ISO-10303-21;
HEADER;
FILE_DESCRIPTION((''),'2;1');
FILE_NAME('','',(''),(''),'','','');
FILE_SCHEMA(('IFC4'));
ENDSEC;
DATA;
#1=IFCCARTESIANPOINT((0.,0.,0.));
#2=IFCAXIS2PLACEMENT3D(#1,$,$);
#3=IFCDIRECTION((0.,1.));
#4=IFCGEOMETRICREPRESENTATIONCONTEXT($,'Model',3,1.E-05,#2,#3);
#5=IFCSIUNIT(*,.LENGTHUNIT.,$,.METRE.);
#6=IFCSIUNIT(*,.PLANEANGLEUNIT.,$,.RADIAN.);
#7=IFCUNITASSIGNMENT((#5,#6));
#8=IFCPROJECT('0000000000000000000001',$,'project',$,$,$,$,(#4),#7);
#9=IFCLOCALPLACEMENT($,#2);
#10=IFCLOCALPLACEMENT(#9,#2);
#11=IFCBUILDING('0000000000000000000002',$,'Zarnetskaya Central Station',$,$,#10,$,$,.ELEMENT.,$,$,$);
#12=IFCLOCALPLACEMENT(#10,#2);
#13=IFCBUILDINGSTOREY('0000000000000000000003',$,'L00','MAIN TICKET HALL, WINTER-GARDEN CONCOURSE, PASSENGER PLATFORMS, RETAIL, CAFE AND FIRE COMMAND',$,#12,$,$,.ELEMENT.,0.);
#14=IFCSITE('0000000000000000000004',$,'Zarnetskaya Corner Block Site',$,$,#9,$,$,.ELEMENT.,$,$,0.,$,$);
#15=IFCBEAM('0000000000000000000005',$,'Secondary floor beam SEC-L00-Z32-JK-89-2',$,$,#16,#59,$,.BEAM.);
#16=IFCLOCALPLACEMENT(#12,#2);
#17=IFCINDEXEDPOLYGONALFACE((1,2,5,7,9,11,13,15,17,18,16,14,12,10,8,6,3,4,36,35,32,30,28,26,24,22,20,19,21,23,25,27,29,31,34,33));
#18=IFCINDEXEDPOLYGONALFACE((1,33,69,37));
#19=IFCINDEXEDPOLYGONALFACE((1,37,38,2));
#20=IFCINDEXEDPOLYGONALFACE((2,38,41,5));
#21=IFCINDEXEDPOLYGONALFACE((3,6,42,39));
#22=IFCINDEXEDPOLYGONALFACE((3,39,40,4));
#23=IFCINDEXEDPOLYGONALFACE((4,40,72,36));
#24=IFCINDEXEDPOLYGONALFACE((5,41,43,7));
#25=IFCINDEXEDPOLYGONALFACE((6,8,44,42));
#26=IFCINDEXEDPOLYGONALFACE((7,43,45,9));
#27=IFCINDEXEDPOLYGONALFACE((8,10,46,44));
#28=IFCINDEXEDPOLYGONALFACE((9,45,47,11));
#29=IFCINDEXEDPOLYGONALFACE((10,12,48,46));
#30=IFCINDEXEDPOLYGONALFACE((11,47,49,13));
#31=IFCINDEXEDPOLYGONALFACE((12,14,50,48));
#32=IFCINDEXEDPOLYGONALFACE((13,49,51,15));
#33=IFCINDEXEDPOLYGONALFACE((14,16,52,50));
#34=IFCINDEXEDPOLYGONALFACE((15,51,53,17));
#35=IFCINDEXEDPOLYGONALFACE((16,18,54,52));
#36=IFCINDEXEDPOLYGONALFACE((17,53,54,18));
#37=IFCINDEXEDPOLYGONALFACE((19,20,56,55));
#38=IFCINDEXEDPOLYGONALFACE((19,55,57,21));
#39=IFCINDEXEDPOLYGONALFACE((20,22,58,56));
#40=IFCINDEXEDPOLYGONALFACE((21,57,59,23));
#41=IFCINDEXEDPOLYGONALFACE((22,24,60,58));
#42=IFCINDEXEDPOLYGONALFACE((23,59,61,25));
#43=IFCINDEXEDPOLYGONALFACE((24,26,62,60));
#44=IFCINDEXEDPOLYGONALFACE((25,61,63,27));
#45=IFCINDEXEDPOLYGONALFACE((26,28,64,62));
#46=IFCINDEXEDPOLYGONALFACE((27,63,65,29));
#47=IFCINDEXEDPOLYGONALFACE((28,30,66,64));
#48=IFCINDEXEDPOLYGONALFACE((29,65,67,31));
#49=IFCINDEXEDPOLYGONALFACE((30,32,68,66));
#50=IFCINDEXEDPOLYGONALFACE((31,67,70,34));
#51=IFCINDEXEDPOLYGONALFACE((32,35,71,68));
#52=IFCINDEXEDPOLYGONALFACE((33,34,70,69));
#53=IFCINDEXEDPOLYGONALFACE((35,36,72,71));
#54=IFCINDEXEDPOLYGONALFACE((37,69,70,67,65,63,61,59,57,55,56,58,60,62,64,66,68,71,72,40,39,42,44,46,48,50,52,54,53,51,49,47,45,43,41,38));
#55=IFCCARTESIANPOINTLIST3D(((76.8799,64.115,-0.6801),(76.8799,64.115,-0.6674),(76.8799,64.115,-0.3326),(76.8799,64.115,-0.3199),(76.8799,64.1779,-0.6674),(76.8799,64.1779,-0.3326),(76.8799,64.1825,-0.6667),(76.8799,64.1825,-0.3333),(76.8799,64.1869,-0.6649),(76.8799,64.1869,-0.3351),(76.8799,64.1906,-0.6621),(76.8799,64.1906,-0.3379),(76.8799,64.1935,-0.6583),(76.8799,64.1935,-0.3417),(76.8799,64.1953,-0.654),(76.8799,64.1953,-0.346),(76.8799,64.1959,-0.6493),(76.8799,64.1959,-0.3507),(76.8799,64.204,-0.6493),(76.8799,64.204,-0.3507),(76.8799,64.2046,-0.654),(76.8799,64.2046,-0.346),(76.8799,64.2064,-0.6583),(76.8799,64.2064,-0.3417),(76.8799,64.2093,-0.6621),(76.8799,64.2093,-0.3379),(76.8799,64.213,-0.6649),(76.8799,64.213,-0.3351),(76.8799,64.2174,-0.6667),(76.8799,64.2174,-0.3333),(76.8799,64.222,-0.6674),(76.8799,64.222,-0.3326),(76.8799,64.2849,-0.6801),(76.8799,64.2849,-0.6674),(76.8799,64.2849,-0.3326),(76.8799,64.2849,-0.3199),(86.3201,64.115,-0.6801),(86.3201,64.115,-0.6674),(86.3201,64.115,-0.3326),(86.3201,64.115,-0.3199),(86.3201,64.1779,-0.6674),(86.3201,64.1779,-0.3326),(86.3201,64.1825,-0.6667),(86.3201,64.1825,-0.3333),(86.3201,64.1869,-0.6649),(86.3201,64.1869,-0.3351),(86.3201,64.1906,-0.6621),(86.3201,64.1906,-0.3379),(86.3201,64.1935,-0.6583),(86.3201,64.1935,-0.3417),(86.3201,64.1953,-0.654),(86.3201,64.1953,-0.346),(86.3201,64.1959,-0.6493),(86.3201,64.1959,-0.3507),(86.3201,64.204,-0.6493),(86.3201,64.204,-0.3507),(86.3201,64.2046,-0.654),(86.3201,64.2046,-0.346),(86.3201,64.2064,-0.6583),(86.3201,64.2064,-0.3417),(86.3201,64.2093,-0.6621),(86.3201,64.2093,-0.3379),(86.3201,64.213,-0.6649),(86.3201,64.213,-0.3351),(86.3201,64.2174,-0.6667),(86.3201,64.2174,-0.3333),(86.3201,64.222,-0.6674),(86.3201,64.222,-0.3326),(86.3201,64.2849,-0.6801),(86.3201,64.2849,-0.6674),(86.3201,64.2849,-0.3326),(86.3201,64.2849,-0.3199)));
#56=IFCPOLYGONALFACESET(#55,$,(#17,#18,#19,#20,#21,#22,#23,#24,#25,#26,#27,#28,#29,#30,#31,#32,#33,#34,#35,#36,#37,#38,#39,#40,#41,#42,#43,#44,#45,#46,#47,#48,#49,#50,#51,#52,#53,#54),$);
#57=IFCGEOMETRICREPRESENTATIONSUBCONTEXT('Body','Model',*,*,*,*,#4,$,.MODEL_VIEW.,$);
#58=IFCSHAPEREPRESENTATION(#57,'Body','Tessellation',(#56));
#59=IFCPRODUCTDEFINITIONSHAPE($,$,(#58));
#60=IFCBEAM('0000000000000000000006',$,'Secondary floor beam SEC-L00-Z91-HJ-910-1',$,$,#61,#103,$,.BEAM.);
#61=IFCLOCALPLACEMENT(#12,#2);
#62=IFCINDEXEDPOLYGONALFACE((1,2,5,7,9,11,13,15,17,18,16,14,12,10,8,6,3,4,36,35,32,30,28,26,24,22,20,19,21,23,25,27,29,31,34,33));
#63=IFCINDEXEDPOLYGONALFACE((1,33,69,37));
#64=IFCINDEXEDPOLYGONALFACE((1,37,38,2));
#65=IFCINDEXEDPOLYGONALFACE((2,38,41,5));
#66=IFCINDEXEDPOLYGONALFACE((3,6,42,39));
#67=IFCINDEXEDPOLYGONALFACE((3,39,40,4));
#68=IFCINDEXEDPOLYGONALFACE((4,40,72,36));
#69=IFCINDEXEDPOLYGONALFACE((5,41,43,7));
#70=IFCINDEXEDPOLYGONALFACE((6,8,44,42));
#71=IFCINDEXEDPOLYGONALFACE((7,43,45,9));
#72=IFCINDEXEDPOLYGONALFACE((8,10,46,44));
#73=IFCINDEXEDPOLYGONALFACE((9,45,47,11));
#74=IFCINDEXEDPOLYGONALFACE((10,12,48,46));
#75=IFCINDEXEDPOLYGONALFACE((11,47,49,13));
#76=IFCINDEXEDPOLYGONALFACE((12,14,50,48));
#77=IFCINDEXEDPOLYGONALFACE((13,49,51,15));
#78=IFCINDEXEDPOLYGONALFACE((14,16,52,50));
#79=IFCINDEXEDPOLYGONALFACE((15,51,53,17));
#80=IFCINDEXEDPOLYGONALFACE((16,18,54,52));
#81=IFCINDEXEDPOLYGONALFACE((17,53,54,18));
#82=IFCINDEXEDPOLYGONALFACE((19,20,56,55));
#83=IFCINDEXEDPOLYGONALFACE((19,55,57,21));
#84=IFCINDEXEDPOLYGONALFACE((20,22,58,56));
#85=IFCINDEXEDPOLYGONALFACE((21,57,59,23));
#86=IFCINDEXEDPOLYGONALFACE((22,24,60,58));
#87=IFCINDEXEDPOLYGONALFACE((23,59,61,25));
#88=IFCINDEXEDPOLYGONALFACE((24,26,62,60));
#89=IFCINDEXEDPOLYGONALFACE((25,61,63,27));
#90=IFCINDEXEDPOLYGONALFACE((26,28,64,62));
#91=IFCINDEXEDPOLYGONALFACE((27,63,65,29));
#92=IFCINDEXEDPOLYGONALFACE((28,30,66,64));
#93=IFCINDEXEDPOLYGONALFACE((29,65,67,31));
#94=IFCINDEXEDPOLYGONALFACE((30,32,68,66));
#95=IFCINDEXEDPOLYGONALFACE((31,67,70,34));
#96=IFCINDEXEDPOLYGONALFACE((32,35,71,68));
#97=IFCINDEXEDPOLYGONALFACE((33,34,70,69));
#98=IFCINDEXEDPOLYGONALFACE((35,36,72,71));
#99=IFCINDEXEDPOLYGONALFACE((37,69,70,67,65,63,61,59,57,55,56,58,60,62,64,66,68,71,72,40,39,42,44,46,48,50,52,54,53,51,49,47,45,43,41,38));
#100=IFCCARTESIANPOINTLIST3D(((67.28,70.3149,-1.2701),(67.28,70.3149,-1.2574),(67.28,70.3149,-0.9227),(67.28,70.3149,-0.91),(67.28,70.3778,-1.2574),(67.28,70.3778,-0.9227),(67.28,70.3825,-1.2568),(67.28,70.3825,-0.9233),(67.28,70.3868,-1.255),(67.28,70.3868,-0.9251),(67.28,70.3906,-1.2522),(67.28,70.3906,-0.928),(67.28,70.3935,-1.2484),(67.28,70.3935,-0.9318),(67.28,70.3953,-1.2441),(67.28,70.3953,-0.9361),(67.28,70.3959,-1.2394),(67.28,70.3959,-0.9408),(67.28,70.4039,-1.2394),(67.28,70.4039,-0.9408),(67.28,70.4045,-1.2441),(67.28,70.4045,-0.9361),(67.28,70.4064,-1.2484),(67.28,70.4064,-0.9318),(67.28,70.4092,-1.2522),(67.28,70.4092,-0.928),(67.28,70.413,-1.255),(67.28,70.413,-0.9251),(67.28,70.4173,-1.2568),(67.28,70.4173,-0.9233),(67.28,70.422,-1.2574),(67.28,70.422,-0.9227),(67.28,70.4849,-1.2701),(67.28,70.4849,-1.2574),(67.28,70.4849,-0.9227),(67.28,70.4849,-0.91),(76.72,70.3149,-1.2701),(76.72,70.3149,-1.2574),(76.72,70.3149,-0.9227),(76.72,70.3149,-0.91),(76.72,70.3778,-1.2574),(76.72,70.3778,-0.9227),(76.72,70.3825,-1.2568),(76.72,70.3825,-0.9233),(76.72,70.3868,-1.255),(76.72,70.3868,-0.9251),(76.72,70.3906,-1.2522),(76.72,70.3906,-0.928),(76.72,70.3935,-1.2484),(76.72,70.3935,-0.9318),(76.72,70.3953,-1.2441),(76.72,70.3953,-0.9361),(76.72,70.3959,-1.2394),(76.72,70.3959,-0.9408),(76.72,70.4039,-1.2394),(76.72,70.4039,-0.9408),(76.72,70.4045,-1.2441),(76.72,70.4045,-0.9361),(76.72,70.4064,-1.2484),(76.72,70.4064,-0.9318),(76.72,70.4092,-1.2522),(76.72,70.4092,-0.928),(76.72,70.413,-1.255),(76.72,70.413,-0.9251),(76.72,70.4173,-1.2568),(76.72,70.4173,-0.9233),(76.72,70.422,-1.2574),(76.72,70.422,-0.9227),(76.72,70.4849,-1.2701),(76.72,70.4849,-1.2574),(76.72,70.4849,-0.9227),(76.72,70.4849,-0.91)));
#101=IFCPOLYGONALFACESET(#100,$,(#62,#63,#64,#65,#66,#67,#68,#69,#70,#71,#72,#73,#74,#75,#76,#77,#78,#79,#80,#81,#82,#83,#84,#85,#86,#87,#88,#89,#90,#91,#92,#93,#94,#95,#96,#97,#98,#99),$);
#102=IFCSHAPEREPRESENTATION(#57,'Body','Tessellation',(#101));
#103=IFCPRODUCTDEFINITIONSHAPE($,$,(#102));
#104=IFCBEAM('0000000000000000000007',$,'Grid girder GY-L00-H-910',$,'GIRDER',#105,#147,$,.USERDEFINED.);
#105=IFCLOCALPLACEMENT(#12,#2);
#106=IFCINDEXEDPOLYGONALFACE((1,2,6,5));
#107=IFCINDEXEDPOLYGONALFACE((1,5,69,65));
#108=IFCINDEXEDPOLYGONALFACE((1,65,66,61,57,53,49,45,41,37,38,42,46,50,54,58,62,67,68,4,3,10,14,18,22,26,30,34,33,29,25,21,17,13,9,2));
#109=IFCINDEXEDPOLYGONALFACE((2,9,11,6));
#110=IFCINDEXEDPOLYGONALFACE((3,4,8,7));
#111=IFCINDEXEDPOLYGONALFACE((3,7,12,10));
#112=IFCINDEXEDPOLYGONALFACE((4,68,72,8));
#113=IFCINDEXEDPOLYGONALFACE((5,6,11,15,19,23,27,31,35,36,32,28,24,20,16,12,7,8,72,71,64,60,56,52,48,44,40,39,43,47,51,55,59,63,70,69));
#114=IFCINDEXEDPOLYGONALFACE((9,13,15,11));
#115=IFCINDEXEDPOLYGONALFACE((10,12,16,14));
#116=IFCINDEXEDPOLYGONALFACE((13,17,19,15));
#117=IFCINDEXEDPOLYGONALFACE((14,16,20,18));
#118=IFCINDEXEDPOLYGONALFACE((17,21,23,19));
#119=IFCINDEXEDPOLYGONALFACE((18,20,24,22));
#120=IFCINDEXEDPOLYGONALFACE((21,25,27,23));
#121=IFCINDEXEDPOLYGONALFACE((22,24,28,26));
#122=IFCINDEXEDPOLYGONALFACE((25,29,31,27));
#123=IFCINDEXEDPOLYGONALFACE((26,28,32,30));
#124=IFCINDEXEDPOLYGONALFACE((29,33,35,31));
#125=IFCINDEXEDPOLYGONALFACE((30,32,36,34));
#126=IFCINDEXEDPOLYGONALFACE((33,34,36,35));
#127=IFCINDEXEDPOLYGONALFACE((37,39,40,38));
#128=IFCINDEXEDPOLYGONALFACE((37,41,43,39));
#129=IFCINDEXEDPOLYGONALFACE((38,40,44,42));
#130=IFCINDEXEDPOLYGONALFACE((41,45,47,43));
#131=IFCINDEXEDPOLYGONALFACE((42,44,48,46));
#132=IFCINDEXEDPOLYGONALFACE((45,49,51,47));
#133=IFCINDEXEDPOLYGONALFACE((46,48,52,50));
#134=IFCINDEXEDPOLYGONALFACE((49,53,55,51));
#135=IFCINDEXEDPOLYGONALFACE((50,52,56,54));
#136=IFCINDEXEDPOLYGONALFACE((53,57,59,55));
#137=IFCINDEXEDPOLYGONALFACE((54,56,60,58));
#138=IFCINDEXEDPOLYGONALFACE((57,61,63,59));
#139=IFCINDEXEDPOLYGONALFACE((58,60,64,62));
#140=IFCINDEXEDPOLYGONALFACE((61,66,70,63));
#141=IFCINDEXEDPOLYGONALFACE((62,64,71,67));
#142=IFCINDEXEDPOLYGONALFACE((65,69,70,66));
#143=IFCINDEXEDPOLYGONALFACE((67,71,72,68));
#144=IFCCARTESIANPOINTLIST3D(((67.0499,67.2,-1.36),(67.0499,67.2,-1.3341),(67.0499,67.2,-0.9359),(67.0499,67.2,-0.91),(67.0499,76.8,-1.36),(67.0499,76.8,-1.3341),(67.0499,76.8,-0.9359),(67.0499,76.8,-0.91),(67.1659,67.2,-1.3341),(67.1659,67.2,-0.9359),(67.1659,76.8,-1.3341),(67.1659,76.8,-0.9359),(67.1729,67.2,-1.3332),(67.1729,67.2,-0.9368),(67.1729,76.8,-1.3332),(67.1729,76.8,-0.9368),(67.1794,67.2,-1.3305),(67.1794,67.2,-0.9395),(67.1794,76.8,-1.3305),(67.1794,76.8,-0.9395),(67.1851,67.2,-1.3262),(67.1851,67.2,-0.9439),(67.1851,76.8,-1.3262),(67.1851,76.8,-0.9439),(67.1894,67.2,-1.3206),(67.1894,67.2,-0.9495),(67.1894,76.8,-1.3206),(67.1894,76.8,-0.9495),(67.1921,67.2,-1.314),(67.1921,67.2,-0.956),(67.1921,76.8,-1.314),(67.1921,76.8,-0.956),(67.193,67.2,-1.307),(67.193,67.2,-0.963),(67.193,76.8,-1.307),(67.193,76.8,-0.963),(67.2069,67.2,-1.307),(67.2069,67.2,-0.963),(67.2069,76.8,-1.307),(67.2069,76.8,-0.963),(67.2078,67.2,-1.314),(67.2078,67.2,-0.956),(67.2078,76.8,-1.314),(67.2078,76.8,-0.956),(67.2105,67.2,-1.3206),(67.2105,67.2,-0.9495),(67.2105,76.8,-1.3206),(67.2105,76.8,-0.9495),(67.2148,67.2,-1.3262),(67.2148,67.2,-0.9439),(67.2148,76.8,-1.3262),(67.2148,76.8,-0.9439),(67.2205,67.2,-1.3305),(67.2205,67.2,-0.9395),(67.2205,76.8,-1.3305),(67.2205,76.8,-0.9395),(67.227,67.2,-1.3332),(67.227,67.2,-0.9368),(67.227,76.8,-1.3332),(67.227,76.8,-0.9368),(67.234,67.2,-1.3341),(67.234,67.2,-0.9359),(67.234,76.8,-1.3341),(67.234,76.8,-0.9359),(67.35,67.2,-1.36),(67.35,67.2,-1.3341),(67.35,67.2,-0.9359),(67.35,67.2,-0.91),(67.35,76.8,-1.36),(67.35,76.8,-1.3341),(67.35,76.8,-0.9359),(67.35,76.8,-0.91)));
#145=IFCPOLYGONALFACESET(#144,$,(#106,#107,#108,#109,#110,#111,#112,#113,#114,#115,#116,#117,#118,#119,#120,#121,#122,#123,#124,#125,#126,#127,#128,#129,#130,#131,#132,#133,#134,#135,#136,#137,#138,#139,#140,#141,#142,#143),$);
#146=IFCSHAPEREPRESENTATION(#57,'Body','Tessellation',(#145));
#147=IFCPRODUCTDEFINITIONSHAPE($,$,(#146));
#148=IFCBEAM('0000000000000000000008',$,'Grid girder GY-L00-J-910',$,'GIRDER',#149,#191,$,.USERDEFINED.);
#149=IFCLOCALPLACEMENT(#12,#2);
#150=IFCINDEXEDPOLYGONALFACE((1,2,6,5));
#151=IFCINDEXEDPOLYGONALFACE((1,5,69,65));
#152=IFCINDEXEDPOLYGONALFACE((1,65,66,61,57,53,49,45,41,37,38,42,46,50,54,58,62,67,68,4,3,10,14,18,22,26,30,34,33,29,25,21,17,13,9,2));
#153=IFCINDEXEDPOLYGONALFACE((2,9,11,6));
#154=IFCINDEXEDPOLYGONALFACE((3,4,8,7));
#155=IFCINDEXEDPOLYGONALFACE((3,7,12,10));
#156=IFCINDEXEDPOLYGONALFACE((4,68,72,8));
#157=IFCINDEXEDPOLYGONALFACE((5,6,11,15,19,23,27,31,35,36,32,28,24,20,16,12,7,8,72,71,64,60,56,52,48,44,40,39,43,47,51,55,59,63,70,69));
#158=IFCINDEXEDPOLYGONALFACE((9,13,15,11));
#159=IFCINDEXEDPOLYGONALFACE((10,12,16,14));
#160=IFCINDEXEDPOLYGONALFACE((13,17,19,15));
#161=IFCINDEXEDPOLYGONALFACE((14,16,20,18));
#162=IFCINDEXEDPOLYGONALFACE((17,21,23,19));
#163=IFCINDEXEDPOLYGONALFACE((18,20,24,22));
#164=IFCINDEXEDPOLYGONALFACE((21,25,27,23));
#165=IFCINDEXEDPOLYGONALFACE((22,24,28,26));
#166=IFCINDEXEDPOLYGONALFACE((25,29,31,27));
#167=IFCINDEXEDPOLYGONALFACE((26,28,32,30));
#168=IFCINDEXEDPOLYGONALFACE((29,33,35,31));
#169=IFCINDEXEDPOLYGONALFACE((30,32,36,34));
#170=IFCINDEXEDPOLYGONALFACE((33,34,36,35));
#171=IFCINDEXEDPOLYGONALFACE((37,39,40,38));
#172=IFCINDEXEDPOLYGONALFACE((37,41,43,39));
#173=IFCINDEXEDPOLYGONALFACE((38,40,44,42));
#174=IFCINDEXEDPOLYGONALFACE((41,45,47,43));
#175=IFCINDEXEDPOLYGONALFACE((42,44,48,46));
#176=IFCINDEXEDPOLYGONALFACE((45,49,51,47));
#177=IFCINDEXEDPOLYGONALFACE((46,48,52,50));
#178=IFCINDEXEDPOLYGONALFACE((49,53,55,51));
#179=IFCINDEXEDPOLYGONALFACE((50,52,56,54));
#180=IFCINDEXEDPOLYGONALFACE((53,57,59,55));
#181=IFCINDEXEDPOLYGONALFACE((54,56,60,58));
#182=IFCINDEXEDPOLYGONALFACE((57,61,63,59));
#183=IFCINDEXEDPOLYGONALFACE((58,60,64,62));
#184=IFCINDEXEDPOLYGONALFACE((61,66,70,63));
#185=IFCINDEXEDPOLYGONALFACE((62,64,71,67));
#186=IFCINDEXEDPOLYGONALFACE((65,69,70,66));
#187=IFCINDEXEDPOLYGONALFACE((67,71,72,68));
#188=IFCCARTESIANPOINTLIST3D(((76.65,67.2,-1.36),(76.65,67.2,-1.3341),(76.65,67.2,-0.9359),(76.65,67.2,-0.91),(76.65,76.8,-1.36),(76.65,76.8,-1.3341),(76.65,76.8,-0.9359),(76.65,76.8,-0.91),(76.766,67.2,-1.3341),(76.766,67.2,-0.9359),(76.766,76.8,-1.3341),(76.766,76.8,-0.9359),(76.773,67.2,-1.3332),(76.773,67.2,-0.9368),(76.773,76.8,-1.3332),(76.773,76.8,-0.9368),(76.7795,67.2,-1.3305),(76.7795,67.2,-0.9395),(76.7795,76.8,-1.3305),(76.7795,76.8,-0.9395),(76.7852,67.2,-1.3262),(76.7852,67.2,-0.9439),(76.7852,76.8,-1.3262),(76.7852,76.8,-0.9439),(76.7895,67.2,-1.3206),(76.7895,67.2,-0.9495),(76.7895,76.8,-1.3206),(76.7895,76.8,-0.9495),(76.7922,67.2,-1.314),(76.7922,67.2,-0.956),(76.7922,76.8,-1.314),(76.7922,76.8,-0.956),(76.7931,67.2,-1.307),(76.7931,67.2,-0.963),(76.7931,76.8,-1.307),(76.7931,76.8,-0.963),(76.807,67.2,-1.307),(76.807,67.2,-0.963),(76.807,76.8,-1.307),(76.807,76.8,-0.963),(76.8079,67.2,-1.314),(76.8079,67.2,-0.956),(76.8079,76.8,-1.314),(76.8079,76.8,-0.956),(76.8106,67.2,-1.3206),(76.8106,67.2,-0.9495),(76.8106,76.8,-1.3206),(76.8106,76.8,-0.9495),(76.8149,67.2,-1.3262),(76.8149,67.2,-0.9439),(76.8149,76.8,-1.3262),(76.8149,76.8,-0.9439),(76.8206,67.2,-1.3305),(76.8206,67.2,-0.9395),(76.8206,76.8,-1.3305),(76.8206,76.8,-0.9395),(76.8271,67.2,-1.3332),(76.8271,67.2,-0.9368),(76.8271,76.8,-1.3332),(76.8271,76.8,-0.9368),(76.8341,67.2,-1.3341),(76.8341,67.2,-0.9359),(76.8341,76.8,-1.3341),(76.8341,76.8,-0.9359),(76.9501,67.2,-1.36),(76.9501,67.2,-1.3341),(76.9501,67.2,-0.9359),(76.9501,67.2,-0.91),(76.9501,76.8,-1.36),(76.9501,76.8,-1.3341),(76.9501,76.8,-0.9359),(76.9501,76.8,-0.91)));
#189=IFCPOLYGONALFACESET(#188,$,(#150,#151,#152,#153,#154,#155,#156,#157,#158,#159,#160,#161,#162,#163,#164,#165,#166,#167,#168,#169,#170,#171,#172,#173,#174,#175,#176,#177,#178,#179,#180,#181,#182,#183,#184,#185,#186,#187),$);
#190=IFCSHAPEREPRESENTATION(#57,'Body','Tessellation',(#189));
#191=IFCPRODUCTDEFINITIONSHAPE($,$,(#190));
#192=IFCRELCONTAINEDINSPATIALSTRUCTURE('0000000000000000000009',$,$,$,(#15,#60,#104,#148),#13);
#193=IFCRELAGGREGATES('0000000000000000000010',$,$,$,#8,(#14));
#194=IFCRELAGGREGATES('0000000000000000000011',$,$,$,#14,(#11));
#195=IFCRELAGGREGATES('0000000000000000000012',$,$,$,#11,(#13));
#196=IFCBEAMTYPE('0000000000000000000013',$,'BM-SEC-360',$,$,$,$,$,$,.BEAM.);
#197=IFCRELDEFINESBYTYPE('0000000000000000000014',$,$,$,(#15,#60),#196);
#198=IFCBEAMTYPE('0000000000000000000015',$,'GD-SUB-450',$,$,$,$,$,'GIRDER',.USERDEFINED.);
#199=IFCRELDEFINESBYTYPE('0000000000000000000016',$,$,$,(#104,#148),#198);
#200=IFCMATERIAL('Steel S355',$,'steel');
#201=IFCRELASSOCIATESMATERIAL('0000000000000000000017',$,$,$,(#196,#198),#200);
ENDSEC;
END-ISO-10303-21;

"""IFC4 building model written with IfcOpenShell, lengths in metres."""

from ifc_helpers import new_model, si_unit, direction, frame, origin, origin_2d, place, context, subcontext, project, spatial, i_section, extrude, material, material_profile, profile_set, type_object, element, save


model = new_model("IFC4")

# Units and contexts
model_context = context("Model", 3, precision=1e-05, world=origin(), true_north=direction((0.0, 1.0)))
body_context = subcontext(model_context, "Body", "Model", "MODEL_VIEW")
ifc_project = project(units=[si_unit("LENGTHUNIT", "METRE"), si_unit("PLANEANGLEUNIT", "RADIAN")], contexts=[model_context])

# Site, building, storey
site_placement = place(None, origin())
site = spatial("IfcSite", under=ifc_project, at=site_placement, Name="Zarnetskaya Corner Block Site", CompositionType="ELEMENT", RefElevation=0.0)
building_placement = place(site_placement, origin())
building = spatial("IfcBuilding", under=site, at=building_placement, Name="Zarnetskaya Central Station", CompositionType="ELEMENT")
storey_placement = place(building_placement, origin())
storey = spatial("IfcBuildingStorey", under=building, at=storey_placement, Name="L00", Description="MAIN TICKET HALL, WINTER-GARDEN CONCOURSE, PASSENGER PLATFORMS, RETAIL, CAFE AND FIRE COMMAND", CompositionType="ELEMENT", Elevation=0.0)

# Shared definitions
ifc_material_1 = material(Name="Steel S355", Category="steel")

# Beams
ifc_material_profile_1 = material_profile(ifc_material_1, i_section(OverallWidth=0.1699, OverallDepth=0.3601, WebThickness=0.0081, FlangeThickness=0.0127, FilletRadius=0.0181, at=origin_2d()), Name="IPE 360")
ifc_profile_set_1 = profile_set([ifc_material_profile_1], Name="Steel S355")
beam_type_1 = type_object("IfcBeamType", Name="BM-SEC-360", PredefinedType="BEAM", material=ifc_profile_set_1)
for number, where, z_axis, x_axis, name in (
    (1, (76.8799, 64.2, -0.5), (1.0, 0.0, 0.0), (0.0, 1.0, 0.0), "Secondary floor beam SEC-L00-Z32-JK-89-2"),
):
    element("IfcBeam", number, at=place(storey_placement, frame(where, z_axis=z_axis, x_axis=x_axis)), inside=storey, type_object=beam_type_1, Name=name, PredefinedType="BEAM", context=body_context, shape_type="SweptSolid", body=[
        extrude(i_section(OverallWidth=0.1699, OverallDepth=0.3601, WebThickness=0.0081, FlangeThickness=0.0127, FilletRadius=0.0181, at=origin_2d()), origin(), (0.0, 0.0, 1.0), 9.4402),
    ])
beam_1_placement = place(storey_placement, frame((67.28, 70.3999, -1.0901), z_axis=(1.0, 0.0, 0.0), x_axis=(0.0, 1.0, 0.0)))
element("IfcBeam", 2, at=beam_1_placement, inside=storey, type_object=beam_type_1, Name="Secondary floor beam SEC-L00-Z91-HJ-910-1", PredefinedType="BEAM", context=body_context, shape_type="SweptSolid", body=[
    extrude(i_section(OverallWidth=0.1699, OverallDepth=0.3601, WebThickness=0.0081, FlangeThickness=0.0127, FilletRadius=0.0181, at=origin_2d()), origin(), (0.0, 0.0, 1.0), 9.4399),
])
ifc_material_profile_2 = material_profile(ifc_material_1, i_section(OverallWidth=0.3, OverallDepth=0.45, WebThickness=0.0139, FlangeThickness=0.0259, FilletRadius=0.0271, at=origin_2d()), Name="HEB 450")
ifc_profile_set_2 = profile_set([ifc_material_profile_2], Name="Steel S355")
beam_type_2 = type_object("IfcBeamType", Name="GD-SUB-450", ElementType="GIRDER", PredefinedType="USERDEFINED", material=ifc_profile_set_2)
for number, where, z_axis, x_axis, name in (
    (3, (67.2, 67.2, -1.135), (0.0, 1.0, 0.0), (-1.0, 0.0, 0.0), "Grid girder GY-L00-H-910"),
    (4, (76.8, 67.2, -1.135), (0.0, 1.0, 0.0), (-1.0, 0.0, 0.0), "Grid girder GY-L00-J-910"),
):
    element("IfcBeam", number, at=place(storey_placement, frame(where, z_axis=z_axis, x_axis=x_axis)), inside=storey, type_object=beam_type_2, Name=name, ObjectType="GIRDER", PredefinedType="USERDEFINED", context=body_context, shape_type="SweptSolid", body=[
        extrude(i_section(OverallWidth=0.3, OverallDepth=0.45, WebThickness=0.0139, FlangeThickness=0.0259, FilletRadius=0.0271, at=origin_2d()), origin(), (0.0, 0.0, 1.0), 9.6001),
    ])

save(model, "model.ifc")
